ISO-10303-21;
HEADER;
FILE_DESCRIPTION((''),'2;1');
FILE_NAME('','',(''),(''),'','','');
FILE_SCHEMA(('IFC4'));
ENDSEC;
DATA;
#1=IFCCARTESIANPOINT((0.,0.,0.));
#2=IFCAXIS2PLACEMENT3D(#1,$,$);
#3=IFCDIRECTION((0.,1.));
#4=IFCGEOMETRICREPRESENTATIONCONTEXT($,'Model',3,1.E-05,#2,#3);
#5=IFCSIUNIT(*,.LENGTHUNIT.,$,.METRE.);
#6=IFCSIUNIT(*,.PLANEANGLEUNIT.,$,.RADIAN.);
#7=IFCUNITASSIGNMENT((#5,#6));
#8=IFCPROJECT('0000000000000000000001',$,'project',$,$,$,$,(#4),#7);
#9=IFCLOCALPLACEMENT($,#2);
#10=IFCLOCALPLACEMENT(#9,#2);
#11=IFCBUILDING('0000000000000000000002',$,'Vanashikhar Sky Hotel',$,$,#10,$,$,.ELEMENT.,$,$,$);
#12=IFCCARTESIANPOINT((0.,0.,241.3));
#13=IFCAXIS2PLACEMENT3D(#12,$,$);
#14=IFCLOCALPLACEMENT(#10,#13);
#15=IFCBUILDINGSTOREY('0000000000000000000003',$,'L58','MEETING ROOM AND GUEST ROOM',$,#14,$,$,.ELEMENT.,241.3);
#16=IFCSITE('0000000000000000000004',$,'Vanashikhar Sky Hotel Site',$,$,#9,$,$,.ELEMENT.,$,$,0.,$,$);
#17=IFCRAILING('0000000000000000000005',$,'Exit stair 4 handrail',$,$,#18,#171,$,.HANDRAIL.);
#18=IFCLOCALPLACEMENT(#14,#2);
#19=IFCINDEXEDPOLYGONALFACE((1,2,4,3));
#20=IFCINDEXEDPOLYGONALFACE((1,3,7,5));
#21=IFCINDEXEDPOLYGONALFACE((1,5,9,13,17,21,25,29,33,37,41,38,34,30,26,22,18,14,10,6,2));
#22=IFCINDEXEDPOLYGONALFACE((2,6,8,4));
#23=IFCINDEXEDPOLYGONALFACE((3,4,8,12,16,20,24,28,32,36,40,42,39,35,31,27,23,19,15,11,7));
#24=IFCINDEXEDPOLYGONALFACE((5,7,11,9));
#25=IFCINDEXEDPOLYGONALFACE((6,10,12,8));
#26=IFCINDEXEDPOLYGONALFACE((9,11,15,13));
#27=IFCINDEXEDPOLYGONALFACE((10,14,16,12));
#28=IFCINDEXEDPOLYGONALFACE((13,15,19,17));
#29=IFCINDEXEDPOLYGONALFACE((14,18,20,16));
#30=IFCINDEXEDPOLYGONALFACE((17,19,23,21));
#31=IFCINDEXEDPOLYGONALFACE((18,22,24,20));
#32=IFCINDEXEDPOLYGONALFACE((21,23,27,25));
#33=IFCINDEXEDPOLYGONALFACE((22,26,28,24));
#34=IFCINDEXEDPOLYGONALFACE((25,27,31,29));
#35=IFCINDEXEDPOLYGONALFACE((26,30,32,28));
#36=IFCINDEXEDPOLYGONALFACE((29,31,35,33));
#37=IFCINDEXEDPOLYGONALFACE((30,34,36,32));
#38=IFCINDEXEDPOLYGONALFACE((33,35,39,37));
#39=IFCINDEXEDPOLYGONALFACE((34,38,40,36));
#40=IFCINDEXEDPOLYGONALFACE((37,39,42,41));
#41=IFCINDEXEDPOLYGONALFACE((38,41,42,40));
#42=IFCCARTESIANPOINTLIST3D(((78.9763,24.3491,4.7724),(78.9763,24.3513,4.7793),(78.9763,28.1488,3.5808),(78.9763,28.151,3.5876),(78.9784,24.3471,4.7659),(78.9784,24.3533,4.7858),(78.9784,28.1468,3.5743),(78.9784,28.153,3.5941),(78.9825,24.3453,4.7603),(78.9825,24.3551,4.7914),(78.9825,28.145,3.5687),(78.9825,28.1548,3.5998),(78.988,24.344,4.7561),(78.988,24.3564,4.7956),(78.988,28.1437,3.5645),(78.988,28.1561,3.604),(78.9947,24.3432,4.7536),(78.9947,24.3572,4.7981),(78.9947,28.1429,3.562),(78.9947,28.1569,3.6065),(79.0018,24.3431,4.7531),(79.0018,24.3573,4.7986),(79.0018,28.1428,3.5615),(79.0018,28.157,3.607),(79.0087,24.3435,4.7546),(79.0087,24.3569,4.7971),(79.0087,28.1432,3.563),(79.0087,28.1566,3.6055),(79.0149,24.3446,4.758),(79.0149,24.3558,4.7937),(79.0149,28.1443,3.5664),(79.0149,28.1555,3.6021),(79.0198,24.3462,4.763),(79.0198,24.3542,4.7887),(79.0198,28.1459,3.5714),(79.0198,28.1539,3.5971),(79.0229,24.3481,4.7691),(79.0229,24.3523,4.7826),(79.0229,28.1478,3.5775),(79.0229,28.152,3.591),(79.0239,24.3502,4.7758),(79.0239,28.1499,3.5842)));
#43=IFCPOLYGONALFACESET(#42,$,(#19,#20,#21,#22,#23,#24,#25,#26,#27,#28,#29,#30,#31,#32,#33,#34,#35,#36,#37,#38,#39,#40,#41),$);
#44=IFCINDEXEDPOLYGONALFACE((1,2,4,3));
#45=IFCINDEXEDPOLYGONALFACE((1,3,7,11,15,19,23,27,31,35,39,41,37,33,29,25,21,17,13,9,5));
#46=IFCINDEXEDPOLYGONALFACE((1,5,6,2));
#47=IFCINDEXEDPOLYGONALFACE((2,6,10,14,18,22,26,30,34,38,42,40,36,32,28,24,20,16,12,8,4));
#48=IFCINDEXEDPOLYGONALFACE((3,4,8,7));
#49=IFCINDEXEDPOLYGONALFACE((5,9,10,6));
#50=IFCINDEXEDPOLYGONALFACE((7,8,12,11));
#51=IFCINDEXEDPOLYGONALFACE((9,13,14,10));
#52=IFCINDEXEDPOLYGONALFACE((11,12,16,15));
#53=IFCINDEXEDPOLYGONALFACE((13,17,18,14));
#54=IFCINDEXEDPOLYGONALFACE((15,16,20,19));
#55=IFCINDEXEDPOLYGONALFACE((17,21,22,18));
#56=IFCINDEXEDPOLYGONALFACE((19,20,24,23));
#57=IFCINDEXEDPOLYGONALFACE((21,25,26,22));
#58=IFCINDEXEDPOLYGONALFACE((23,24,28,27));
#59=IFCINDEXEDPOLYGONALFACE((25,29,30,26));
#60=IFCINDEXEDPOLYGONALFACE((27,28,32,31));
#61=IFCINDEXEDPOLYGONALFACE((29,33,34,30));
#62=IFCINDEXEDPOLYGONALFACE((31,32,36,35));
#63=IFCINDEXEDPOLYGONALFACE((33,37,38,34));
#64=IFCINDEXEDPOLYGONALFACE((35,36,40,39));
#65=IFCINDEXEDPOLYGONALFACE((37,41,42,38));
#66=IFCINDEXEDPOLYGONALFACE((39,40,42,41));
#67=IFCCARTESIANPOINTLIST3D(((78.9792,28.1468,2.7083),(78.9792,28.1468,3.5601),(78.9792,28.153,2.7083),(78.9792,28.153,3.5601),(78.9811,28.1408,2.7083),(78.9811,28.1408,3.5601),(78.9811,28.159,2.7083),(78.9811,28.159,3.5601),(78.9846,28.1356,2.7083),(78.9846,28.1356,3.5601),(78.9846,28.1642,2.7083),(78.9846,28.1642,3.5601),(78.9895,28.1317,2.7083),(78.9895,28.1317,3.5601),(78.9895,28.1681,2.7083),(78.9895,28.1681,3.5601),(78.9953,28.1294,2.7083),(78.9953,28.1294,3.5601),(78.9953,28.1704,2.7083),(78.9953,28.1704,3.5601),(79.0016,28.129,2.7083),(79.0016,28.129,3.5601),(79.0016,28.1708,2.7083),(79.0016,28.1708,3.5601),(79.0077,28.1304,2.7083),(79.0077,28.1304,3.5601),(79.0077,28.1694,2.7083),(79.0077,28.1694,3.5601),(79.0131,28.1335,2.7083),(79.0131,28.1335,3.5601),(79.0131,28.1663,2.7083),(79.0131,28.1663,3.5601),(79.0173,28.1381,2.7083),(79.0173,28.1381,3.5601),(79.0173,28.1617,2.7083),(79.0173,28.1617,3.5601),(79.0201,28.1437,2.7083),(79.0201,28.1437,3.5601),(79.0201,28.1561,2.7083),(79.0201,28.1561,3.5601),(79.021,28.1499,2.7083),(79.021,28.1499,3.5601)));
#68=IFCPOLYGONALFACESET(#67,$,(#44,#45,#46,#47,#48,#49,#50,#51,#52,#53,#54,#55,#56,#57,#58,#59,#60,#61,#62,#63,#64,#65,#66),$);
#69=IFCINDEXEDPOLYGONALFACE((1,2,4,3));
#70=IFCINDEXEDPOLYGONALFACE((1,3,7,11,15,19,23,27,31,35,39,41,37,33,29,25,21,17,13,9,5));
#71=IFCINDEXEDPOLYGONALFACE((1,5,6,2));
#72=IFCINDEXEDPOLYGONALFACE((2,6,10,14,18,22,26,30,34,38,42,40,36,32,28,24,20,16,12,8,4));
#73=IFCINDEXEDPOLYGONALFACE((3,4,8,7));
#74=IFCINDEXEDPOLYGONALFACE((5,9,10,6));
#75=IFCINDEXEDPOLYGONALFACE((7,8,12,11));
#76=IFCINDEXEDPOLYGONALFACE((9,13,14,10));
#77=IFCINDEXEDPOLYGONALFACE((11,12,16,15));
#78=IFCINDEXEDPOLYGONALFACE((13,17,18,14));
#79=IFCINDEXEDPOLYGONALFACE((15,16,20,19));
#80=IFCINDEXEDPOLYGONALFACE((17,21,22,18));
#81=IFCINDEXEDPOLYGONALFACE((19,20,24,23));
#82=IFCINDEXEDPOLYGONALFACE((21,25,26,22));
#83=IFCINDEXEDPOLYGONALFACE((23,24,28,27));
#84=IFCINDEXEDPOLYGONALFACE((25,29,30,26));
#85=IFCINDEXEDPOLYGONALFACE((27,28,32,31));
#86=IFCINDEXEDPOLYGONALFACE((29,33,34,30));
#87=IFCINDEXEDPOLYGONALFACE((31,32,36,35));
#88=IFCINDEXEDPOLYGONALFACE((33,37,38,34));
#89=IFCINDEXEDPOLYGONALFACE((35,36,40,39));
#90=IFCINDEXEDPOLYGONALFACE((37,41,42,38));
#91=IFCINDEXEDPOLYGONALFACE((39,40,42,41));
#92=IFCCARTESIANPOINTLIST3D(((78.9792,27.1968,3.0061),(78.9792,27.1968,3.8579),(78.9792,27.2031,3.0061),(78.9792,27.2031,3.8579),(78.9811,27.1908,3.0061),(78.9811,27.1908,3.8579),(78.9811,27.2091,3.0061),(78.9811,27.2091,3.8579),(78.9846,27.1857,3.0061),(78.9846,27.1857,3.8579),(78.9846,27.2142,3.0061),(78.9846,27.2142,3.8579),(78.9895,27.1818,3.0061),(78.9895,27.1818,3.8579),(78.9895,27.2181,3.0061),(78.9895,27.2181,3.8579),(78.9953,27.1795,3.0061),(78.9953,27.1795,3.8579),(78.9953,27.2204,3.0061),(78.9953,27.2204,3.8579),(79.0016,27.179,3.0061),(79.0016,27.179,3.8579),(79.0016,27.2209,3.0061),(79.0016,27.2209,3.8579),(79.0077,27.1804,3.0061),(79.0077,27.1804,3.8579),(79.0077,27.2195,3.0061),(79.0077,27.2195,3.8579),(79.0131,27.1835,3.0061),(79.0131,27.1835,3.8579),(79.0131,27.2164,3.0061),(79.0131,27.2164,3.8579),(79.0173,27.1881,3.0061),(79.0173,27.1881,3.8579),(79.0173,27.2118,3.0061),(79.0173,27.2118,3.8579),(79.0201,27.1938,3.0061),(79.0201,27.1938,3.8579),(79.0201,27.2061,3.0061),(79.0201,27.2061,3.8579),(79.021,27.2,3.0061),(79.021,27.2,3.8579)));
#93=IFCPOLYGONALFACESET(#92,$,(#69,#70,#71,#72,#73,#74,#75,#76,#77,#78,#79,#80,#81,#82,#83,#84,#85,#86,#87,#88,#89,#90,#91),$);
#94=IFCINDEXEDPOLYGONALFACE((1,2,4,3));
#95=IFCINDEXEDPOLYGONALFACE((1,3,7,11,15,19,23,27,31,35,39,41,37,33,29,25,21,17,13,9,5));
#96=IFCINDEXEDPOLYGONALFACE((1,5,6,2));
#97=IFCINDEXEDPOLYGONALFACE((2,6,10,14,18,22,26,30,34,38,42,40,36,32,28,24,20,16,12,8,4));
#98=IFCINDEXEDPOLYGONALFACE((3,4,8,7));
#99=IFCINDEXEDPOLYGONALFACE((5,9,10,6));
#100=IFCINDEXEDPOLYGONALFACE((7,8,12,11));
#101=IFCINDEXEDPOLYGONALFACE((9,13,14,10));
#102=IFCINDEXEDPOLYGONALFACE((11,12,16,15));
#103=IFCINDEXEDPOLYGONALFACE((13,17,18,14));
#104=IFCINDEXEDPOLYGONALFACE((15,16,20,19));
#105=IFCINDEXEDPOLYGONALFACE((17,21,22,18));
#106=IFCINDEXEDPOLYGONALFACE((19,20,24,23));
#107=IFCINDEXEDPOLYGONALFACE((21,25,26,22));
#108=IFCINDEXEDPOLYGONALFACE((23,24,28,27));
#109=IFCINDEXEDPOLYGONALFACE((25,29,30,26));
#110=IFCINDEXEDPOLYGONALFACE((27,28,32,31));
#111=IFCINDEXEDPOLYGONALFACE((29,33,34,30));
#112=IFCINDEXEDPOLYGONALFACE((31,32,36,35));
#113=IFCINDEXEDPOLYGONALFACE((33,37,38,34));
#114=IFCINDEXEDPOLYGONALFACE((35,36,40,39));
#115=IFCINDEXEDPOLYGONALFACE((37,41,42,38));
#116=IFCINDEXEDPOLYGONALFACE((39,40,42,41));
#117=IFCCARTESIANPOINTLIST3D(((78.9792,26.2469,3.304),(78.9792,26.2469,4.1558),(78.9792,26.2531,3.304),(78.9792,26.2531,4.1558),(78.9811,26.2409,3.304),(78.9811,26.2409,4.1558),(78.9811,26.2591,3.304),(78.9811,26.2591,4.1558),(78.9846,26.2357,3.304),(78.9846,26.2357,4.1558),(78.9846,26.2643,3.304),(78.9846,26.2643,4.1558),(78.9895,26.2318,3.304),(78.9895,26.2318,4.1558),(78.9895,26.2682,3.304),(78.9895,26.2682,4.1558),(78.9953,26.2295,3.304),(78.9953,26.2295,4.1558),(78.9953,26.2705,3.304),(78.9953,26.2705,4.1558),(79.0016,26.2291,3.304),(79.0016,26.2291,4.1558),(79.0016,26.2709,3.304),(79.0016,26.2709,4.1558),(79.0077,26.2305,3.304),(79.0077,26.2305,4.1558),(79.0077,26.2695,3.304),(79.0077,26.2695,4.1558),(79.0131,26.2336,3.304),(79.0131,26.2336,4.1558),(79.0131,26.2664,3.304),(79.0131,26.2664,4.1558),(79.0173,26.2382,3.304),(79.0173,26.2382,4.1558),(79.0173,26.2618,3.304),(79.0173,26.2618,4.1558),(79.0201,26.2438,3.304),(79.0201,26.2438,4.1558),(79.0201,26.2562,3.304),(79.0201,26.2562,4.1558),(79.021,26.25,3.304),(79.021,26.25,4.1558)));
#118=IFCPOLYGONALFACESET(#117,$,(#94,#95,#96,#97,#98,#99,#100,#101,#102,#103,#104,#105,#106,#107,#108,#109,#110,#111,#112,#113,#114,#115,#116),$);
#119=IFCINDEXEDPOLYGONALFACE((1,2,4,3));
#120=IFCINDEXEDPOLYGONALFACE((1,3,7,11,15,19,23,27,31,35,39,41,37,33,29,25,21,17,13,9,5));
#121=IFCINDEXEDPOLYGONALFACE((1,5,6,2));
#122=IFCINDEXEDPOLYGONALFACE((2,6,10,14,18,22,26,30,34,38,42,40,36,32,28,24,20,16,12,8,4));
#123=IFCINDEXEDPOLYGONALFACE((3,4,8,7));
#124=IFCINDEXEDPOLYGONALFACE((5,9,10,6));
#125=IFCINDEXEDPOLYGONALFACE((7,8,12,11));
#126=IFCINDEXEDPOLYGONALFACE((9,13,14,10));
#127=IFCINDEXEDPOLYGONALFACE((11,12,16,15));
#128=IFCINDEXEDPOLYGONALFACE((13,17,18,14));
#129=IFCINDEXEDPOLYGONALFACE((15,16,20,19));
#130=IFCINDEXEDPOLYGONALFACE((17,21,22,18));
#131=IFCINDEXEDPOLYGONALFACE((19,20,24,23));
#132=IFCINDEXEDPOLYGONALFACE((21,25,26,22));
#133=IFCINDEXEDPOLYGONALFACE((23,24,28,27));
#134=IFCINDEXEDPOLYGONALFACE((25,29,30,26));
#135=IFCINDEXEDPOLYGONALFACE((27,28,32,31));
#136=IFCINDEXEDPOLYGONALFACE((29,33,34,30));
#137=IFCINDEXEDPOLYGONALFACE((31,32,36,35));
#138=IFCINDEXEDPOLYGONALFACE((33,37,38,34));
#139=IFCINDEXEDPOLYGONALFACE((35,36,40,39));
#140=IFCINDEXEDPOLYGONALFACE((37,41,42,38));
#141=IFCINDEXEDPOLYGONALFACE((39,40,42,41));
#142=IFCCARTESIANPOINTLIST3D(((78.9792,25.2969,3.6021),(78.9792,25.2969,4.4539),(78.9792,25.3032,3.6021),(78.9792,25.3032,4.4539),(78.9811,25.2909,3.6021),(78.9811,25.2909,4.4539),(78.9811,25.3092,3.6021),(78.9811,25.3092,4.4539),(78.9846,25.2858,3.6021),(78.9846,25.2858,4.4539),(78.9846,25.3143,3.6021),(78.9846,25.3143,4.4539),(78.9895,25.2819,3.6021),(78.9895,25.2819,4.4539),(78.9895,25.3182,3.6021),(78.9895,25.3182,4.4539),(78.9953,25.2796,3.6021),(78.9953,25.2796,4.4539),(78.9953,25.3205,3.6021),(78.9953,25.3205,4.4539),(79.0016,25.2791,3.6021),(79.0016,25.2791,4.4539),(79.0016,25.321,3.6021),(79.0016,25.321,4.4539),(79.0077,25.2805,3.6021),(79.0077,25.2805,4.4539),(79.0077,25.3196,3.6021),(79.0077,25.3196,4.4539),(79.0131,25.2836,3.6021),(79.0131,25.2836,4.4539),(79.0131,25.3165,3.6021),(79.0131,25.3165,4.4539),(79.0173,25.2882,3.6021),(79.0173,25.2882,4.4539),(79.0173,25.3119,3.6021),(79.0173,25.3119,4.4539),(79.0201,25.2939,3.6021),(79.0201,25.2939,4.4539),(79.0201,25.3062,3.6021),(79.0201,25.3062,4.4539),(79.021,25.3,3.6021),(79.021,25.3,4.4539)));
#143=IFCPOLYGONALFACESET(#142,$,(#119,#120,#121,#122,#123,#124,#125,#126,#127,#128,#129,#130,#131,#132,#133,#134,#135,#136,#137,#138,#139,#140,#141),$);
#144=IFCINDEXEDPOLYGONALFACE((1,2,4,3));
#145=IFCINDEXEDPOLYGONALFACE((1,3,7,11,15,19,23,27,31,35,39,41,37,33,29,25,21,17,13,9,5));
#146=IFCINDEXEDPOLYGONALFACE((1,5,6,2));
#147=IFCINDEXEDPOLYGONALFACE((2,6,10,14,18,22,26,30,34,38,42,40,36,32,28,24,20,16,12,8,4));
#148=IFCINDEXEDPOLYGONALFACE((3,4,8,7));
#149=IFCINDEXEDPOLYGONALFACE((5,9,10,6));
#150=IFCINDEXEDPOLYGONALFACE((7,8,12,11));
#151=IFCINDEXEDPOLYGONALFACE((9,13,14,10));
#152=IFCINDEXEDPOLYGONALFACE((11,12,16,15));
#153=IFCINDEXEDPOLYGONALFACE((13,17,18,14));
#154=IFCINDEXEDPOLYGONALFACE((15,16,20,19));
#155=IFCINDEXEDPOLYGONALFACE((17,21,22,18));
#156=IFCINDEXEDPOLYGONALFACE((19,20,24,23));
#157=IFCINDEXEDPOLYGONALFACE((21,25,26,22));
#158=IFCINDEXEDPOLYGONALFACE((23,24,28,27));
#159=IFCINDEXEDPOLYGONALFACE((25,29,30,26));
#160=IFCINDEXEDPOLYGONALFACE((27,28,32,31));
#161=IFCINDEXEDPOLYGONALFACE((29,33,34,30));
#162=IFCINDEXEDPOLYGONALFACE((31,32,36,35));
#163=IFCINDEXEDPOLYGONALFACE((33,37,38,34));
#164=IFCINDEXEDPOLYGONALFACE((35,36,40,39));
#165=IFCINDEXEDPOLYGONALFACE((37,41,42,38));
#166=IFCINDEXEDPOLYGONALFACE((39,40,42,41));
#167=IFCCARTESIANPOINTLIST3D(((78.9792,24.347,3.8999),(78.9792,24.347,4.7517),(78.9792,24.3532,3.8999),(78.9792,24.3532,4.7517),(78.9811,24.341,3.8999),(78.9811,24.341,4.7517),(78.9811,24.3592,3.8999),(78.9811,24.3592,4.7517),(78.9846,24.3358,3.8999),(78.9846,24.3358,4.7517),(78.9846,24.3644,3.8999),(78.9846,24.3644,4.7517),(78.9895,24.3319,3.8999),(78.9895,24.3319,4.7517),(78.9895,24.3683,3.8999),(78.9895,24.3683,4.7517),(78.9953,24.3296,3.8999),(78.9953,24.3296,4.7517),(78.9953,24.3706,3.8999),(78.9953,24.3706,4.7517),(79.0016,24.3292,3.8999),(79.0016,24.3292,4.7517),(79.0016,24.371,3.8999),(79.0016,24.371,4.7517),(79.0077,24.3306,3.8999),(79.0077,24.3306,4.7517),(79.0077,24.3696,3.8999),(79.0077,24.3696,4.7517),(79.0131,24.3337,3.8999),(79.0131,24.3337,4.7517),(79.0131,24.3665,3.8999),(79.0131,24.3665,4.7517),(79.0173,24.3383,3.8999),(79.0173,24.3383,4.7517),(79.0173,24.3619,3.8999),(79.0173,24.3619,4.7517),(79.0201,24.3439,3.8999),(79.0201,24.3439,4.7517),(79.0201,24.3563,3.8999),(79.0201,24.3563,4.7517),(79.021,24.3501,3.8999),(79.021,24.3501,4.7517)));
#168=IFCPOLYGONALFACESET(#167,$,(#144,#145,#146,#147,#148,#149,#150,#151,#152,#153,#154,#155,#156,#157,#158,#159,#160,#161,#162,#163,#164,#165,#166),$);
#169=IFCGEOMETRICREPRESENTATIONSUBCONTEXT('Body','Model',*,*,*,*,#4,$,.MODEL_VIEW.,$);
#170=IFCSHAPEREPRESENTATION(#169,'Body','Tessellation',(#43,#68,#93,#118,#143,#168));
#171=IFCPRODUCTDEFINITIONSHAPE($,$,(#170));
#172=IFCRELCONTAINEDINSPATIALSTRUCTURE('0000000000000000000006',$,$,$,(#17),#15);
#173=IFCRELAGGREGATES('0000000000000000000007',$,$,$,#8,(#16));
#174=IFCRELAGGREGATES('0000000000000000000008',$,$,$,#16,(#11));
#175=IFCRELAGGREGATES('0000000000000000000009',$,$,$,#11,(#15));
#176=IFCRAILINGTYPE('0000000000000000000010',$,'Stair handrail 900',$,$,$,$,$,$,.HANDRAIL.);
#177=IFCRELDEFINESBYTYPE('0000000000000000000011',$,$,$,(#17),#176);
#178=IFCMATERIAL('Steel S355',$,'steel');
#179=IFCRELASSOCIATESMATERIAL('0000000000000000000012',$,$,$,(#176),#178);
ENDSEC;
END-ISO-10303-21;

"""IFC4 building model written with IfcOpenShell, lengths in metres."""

from ifc_helpers import new_model, si_unit, direction, frame, origin, origin_2d, place, context, subcontext, project, spatial, circle, extrude, source, transform, mapped, material, type_object, element, save


model = new_model("IFC4")

# Units and contexts
model_context = context("Model", 3, precision=1e-05, world=origin(), true_north=direction((0.0, 1.0)))
body_context = subcontext(model_context, "Body", "Model", "MODEL_VIEW")
ifc_project = project(units=[si_unit("LENGTHUNIT", "METRE"), si_unit("PLANEANGLEUNIT", "RADIAN")], contexts=[model_context])

# Site, building, storey
site_placement = place(None, origin())
site = spatial("IfcSite", under=ifc_project, at=site_placement, Name="Vanashikhar Sky Hotel Site", CompositionType="ELEMENT", RefElevation=0.0)
building_placement = place(site_placement, origin())
building = spatial("IfcBuilding", under=site, at=building_placement, Name="Vanashikhar Sky Hotel", CompositionType="ELEMENT")
storey_placement = place(building_placement, frame((0.0, 0.0, 241.3)))
storey = spatial("IfcBuildingStorey", under=building, at=storey_placement, Name="L58", Description="MEETING ROOM AND GUEST ROOM", CompositionType="ELEMENT", Elevation=241.3)

# Railing
ifc_material_1 = material(Name="Steel S355", Category="steel")
railing_type_1 = type_object("IfcRailingType", Name="Stair handrail 900", PredefinedType="HANDRAIL", material=ifc_material_1)
shared_shape_1 = source(origin(), body_context, "Body", "SweptSolid", [
    extrude(circle(Radius=0.0239, at=origin_2d()), frame((0.0, 0.0, 0.876), z_axis=(0.0, -0.954178, 0.299238), x_axis=(1.0, 0.0, 0.0)), (0.0, 0.0, 1.0), 3.9822),
    extrude(circle(Radius=0.021, at=origin_2d()), origin(), (0.0, 0.0, 1.0), 0.8518),
    extrude(circle(Radius=0.021, at=origin_2d()), frame((0.0, -0.95, 0.2979)), (0.0, 0.0, 1.0), 0.8518),
    extrude(circle(Radius=0.021, at=origin_2d()), frame((0.0, -1.8999, 0.5957)), (0.0, 0.0, 1.0), 0.8518),
    extrude(circle(Radius=0.021, at=origin_2d()), frame((0.0, -2.8499, 0.8938)), (0.0, 0.0, 1.0), 0.8518),
    extrude(circle(Radius=0.021, at=origin_2d()), frame((0.0, -3.7998, 1.1917)), (0.0, 0.0, 1.0), 0.8518),
])
for number, where, name in (
    (1, (79.0, 28.1499, 2.7083), "Exit stair 4 handrail"),
):
    element("IfcRailing", number, at=place(storey_placement, frame(where)), inside=storey, type_object=railing_type_1, Name=name, PredefinedType="HANDRAIL", context=body_context, shape_type="MappedRepresentation", body=[
        mapped(shared_shape_1, transform((0.0, 0.0, 0.0), scale=1.0)),
    ])

save(model, "model.ifc")
